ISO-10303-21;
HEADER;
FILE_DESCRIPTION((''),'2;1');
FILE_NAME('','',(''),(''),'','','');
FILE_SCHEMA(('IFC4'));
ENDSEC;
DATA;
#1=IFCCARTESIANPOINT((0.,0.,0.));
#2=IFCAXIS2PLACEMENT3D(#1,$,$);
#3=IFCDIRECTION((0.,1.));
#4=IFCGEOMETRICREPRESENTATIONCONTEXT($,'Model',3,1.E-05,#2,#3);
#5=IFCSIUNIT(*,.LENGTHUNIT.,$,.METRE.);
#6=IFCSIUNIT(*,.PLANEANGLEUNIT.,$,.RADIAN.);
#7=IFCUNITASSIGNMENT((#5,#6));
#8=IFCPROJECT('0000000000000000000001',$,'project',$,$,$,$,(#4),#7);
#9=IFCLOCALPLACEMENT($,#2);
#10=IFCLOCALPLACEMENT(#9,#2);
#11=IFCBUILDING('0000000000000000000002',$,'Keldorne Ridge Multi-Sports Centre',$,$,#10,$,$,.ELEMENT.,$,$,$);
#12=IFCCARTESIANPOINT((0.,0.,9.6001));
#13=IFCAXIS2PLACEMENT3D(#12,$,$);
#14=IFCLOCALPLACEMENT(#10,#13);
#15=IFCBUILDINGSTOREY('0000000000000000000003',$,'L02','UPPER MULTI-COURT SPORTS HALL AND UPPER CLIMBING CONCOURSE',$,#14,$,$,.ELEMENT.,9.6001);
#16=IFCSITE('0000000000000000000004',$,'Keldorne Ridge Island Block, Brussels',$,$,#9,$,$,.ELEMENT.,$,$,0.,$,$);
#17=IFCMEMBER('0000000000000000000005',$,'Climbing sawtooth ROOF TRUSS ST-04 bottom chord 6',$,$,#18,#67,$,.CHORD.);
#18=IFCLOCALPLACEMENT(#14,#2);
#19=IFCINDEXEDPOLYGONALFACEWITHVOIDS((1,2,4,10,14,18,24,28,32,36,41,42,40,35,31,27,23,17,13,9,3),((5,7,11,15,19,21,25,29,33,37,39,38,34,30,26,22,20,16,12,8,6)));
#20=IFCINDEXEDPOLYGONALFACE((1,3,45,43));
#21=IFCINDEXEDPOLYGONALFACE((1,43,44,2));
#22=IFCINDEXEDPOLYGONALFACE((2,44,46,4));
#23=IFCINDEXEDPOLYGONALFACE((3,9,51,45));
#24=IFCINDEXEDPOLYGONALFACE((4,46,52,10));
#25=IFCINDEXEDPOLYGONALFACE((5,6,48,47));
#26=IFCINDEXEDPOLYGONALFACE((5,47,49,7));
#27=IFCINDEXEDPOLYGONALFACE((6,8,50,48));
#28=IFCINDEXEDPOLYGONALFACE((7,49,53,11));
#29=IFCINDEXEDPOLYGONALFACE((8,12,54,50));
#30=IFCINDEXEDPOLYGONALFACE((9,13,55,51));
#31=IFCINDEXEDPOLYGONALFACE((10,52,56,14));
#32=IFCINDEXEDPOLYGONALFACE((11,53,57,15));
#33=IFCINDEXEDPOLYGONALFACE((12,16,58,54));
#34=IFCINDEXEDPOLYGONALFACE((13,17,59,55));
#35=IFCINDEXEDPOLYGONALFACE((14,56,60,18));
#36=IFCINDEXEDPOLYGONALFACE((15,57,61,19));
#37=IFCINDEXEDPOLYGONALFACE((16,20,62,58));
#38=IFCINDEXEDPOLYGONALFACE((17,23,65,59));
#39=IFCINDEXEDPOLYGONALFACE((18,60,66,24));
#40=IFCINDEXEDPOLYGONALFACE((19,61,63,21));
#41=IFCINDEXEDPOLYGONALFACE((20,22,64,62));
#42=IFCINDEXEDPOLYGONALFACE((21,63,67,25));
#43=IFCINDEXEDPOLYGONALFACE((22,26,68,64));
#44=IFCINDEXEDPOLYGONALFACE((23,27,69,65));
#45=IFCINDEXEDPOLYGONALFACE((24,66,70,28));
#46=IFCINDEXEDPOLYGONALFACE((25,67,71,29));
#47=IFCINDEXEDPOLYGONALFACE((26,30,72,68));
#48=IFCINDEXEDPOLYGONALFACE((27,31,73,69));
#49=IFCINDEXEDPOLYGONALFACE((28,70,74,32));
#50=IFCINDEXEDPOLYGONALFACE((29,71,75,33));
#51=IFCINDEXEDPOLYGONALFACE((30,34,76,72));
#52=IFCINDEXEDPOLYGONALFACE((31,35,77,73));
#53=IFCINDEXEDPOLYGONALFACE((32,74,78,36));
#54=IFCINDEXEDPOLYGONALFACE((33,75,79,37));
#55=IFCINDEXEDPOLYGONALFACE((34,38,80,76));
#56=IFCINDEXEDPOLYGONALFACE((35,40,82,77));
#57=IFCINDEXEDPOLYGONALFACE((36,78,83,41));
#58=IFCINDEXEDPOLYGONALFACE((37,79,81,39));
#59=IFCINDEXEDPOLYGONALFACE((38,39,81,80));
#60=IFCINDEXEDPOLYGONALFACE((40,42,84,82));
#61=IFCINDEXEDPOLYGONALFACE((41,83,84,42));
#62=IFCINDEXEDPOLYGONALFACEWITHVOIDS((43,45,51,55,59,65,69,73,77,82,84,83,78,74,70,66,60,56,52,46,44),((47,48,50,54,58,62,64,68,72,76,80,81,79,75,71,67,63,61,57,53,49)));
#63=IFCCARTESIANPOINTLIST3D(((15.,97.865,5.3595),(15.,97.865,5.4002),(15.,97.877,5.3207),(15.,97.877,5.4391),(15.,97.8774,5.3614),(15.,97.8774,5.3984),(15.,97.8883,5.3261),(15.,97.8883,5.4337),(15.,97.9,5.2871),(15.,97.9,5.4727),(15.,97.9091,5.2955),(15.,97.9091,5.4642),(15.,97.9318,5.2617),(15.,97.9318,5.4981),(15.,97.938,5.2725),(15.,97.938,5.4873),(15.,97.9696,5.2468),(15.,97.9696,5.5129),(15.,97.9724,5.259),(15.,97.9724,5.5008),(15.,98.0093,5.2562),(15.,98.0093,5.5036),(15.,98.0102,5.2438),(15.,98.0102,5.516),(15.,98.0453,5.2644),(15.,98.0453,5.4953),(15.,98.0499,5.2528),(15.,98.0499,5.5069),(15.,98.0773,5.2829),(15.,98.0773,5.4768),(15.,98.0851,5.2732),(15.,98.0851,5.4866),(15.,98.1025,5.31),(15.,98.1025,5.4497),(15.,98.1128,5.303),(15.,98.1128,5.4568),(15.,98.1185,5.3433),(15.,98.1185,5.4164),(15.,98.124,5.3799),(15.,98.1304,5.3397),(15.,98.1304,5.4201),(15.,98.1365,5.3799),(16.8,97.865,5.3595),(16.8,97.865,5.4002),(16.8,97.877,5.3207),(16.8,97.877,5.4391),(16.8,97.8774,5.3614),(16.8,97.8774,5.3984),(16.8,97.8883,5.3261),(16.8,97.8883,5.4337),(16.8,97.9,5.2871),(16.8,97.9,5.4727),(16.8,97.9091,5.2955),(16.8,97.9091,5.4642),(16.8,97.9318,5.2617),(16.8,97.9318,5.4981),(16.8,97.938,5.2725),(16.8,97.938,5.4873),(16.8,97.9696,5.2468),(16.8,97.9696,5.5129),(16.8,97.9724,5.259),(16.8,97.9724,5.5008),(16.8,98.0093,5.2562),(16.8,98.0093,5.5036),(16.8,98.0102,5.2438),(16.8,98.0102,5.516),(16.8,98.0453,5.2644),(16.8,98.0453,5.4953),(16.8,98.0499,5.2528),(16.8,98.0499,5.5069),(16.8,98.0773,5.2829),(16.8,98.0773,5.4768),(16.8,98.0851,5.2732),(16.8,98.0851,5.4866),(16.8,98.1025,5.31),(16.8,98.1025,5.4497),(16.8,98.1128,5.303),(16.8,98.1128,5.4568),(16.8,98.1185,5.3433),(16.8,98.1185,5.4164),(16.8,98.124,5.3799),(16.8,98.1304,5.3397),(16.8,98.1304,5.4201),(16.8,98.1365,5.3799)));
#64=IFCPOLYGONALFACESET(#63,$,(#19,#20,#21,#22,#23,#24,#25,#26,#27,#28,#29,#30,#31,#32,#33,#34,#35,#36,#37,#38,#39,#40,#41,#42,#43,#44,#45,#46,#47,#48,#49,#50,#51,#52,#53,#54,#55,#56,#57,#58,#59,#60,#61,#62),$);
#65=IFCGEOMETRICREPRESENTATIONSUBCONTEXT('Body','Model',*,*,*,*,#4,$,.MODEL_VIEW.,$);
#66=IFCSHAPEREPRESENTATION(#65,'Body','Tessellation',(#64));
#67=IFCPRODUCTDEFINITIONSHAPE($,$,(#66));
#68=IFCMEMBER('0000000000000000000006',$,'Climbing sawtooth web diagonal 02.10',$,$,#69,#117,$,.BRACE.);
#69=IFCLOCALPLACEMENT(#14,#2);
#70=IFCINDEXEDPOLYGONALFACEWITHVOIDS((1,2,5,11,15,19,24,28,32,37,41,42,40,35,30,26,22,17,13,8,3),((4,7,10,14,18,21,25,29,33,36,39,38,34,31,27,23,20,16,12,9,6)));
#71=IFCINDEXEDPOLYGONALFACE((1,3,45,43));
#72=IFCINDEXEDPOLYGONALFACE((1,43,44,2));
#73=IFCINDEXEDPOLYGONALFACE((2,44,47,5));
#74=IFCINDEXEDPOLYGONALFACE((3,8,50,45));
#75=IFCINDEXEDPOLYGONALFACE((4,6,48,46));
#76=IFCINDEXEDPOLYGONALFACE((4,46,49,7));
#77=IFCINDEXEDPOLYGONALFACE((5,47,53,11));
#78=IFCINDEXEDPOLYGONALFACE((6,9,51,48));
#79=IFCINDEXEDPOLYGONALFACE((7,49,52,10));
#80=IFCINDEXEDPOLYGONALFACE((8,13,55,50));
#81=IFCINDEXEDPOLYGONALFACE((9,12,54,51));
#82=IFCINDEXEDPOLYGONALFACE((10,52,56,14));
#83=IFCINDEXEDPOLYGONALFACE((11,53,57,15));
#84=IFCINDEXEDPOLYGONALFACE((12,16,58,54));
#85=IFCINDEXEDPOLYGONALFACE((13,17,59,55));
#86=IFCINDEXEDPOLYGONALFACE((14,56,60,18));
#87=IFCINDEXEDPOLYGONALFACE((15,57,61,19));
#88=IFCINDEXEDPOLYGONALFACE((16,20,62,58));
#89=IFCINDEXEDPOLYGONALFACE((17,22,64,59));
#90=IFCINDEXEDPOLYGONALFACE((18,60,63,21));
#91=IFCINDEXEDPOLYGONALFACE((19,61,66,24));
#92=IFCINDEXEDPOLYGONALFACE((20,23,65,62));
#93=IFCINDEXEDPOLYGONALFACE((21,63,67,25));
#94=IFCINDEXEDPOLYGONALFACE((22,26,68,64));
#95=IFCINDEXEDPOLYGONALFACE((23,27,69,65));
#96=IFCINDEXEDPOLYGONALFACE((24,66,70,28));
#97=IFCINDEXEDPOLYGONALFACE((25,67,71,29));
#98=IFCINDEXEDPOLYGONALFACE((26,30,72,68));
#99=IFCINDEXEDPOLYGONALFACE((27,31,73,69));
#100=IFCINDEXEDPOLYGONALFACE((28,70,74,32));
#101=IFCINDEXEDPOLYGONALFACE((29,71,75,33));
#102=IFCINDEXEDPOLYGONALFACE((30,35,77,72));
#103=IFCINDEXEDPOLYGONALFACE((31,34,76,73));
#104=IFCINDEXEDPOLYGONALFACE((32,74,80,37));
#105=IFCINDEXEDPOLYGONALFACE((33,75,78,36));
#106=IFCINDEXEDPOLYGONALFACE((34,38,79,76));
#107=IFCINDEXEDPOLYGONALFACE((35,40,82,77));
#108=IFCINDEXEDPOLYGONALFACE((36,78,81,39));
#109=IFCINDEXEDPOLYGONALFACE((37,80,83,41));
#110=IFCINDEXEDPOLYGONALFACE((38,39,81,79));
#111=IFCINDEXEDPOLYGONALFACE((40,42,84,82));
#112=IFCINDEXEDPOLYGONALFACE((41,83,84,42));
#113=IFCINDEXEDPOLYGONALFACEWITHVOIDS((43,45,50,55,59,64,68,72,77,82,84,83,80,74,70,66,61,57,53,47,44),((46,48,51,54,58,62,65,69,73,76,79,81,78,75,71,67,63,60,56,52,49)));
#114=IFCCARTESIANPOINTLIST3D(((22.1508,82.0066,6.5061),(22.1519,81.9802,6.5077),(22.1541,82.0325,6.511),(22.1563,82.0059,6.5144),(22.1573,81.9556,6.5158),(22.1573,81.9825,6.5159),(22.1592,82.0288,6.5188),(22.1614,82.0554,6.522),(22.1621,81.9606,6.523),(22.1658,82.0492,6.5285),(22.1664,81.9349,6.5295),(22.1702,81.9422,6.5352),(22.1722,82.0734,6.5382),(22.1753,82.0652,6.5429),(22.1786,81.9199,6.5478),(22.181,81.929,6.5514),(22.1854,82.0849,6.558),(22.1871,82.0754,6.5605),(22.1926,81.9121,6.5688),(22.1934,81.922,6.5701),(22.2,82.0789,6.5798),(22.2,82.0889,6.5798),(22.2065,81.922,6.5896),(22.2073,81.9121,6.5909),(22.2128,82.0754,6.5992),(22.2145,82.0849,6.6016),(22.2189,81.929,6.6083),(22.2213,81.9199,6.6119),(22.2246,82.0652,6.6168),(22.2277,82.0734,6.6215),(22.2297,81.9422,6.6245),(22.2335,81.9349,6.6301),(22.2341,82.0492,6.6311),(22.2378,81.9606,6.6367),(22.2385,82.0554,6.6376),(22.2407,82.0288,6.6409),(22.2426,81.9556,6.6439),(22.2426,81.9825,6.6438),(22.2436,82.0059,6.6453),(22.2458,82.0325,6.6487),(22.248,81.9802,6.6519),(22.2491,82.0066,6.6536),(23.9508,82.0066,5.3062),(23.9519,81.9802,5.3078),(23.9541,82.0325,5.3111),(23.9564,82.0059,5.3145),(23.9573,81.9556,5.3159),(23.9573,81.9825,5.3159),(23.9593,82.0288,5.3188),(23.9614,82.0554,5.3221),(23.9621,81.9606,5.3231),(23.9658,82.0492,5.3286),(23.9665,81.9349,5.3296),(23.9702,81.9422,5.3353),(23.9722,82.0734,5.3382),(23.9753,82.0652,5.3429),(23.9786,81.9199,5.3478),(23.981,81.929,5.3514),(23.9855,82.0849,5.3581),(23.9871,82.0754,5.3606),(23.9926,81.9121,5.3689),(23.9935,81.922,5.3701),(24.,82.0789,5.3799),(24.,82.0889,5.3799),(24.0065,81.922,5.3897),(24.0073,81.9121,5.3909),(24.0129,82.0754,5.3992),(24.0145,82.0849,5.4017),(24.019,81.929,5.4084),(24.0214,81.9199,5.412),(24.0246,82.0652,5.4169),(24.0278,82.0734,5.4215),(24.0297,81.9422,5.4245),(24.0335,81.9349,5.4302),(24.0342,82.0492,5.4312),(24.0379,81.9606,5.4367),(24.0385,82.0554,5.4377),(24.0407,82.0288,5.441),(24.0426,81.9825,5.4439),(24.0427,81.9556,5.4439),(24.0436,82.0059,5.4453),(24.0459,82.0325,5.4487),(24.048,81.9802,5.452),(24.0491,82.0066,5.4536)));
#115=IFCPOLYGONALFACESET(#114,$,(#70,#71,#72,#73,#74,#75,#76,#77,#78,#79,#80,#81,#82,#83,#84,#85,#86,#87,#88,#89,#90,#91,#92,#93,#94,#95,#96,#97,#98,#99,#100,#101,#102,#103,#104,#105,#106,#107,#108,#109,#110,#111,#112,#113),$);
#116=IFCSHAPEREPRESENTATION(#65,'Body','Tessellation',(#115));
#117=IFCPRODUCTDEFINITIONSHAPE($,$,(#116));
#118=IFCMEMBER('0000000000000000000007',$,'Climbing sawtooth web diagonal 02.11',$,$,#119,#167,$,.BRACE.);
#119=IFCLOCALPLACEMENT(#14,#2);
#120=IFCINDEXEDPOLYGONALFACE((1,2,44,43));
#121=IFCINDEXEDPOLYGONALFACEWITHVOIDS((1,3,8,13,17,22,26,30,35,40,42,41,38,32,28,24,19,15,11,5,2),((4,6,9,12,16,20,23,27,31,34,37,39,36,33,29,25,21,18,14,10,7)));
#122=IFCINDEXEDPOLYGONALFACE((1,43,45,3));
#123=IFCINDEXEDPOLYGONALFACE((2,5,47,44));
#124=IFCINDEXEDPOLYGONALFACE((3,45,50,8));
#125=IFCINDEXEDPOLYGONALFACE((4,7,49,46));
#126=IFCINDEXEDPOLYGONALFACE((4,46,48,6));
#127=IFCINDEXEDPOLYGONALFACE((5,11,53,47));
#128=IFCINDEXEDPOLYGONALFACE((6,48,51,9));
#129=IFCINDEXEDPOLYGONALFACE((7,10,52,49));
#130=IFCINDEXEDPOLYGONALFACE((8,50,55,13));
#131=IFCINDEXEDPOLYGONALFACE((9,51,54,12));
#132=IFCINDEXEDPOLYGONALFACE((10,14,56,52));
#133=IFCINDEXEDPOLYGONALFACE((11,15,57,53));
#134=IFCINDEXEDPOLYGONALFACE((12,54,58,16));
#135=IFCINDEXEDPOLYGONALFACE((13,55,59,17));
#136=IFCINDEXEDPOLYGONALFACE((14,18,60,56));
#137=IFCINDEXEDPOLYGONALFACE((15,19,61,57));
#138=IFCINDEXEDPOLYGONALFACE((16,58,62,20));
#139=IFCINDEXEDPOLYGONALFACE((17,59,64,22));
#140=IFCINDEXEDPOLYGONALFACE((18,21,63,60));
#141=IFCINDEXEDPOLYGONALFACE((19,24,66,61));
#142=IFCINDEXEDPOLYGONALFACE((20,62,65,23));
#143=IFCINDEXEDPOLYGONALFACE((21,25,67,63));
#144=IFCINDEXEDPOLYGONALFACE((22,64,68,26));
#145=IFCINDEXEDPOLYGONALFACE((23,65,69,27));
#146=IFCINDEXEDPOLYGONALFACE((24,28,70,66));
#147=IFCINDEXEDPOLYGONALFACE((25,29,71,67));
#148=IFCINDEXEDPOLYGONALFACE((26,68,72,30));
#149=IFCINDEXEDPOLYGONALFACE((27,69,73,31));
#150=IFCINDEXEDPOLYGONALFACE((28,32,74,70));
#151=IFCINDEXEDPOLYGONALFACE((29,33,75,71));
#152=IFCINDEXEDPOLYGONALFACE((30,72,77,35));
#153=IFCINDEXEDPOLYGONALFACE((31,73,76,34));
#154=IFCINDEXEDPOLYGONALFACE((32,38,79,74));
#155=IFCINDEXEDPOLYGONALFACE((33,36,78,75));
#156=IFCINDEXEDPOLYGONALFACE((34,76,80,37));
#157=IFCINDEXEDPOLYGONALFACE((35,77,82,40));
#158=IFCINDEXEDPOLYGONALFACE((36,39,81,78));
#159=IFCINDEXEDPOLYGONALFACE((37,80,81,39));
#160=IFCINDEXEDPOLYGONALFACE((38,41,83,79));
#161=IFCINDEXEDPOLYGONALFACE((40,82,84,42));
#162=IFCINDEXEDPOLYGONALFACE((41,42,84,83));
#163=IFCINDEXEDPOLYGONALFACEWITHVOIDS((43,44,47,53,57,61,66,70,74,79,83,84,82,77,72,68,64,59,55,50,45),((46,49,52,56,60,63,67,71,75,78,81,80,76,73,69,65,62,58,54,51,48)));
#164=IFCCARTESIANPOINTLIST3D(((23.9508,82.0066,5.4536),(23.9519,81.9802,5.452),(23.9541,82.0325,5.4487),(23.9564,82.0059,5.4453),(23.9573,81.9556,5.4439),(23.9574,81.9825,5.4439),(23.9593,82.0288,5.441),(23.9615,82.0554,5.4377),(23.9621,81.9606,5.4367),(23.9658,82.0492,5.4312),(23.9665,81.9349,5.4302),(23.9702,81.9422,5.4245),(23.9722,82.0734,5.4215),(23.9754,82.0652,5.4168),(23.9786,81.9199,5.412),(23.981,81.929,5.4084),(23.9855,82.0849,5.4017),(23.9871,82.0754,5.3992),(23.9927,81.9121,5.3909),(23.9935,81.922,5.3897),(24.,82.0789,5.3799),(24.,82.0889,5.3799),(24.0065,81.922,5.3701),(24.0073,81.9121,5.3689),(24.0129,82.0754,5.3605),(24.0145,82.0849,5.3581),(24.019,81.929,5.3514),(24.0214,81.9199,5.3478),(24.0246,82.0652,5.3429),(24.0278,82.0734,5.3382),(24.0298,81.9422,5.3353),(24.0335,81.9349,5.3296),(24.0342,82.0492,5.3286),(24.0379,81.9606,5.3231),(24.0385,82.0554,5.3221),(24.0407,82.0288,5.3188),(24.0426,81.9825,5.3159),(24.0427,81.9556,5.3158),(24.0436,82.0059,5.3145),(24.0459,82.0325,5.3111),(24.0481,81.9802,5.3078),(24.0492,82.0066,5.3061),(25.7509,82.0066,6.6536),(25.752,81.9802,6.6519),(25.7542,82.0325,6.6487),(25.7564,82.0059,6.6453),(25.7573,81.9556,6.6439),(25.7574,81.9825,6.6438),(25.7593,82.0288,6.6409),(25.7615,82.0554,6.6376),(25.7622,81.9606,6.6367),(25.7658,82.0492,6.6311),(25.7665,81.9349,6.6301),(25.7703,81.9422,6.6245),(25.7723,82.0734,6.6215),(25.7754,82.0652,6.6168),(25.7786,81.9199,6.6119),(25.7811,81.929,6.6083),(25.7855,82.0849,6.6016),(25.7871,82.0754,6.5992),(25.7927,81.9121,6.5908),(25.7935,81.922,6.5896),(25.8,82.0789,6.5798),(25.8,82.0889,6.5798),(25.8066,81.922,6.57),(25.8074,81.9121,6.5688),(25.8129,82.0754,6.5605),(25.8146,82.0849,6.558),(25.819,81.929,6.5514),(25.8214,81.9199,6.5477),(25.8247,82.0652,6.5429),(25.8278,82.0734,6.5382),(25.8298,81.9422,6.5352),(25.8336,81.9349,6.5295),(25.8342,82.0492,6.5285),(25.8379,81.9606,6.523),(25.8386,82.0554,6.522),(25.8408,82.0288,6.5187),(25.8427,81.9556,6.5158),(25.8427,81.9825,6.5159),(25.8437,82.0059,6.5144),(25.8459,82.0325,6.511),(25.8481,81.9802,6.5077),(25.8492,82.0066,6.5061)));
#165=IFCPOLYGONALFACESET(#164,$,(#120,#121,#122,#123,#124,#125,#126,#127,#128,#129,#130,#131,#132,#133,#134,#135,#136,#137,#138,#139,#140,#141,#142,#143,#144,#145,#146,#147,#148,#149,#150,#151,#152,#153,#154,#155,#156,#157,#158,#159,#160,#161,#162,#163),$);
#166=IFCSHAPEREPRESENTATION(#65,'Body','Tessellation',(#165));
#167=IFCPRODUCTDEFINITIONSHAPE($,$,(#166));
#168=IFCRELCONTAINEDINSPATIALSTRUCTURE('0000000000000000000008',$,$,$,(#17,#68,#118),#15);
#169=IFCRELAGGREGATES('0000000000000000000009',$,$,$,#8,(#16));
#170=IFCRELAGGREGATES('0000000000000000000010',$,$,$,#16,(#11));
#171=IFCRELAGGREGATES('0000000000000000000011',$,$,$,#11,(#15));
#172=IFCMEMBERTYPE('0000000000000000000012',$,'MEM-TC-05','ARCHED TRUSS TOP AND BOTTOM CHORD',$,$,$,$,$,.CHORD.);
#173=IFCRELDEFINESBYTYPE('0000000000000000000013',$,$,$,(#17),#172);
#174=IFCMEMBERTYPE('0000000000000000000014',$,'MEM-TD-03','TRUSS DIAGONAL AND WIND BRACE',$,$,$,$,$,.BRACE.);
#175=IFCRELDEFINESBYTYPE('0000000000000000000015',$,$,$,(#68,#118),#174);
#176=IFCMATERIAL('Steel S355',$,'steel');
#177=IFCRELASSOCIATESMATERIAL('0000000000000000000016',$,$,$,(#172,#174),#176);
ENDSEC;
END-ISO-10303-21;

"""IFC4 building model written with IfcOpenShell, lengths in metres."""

from ifc_helpers import new_model, si_unit, direction, frame, origin, origin_2d, place, context, subcontext, project, spatial, hollow_circle, extrude, material, material_profile, profile_set, type_object, element, save


model = new_model("IFC4")

# Units and contexts
model_context = context("Model", 3, precision=1e-05, world=origin(), true_north=direction((0.0, 1.0)))
body_context = subcontext(model_context, "Body", "Model", "MODEL_VIEW")
ifc_project = project(units=[si_unit("LENGTHUNIT", "METRE"), si_unit("PLANEANGLEUNIT", "RADIAN")], contexts=[model_context])

# Site, building, storey
site_placement = place(None, origin())
site = spatial("IfcSite", under=ifc_project, at=site_placement, Name="Keldorne Ridge Island Block, Brussels", CompositionType="ELEMENT", RefElevation=0.0)
building_placement = place(site_placement, origin())
building = spatial("IfcBuilding", under=site, at=building_placement, Name="Keldorne Ridge Multi-Sports Centre", CompositionType="ELEMENT")
storey_placement = place(building_placement, frame((0.0, 0.0, 9.6001)))
storey = spatial("IfcBuildingStorey", under=building, at=storey_placement, Name="L02", Description="UPPER MULTI-COURT SPORTS HALL AND UPPER CLIMBING CONCOURSE", CompositionType="ELEMENT", Elevation=9.6001)

# Members
ifc_material = material(Name="Steel S355", Category="steel")
ifc_material_profile_1 = material_profile(ifc_material, hollow_circle(Radius=0.1365, WallThickness=0.0125, at=origin_2d()), Name="CHS 273x12.5")
ifc_profile_set_1 = profile_set([ifc_material_profile_1], Name="Steel S355")
member_type_1 = type_object("IfcMemberType", Name="MEM-TC-05", Description="ARCHED TRUSS TOP AND BOTTOM CHORD", PredefinedType="CHORD", material=ifc_profile_set_1)
for number, where, z_axis, x_axis, name in (
    (1, (15.0, 98.0, 5.3799), (1.0, 0.0, 0.0), (0.0, 1.0, 0.0), "Climbing sawtooth ROOF TRUSS ST-04 bottom chord 6"),
):
    element("IfcMember", number, at=place(storey_placement, frame(where, z_axis=z_axis, x_axis=x_axis)), inside=storey, type_object=member_type_1, Name=name, PredefinedType="CHORD", context=body_context, shape_type="SweptSolid", body=[
        extrude(hollow_circle(Radius=0.1365, WallThickness=0.0125, at=origin_2d()), origin(), (0.0, 0.0, 1.0), 1.8),
    ])
ifc_material_profile_2 = material_profile(ifc_material, hollow_circle(Radius=0.0889, WallThickness=0.01, at=origin_2d()), Name="CHS 177.8x10")
ifc_profile_set_2 = profile_set([ifc_material_profile_2], Name="Steel S355")
member_type_2 = type_object("IfcMemberType", Name="MEM-TD-03", Description="TRUSS DIAGONAL AND WIND BRACE", PredefinedType="BRACE", material=ifc_profile_set_2)
for number, where, z_axis, x_axis, name in (
    (2, (22.2, 82.0, 6.5798), (0.832068, 0.0, -0.554674), (0.0, 1.0, 0.0), "Climbing sawtooth web diagonal 02.10"),
    (3, (24.0, 82.0, 5.3799), (0.832068, 0.0, 0.554674), (0.0, 1.0, 0.0), "Climbing sawtooth web diagonal 02.11"),
):
    element("IfcMember", number, at=place(storey_placement, frame(where, z_axis=z_axis, x_axis=x_axis)), inside=storey, type_object=member_type_2, Name=name, PredefinedType="BRACE", context=body_context, shape_type="SweptSolid", body=[
        extrude(hollow_circle(Radius=0.0889, WallThickness=0.01, at=origin_2d()), origin(), (0.0, 0.0, 1.0), 2.1633),
    ])

save(model, "model.ifc")
